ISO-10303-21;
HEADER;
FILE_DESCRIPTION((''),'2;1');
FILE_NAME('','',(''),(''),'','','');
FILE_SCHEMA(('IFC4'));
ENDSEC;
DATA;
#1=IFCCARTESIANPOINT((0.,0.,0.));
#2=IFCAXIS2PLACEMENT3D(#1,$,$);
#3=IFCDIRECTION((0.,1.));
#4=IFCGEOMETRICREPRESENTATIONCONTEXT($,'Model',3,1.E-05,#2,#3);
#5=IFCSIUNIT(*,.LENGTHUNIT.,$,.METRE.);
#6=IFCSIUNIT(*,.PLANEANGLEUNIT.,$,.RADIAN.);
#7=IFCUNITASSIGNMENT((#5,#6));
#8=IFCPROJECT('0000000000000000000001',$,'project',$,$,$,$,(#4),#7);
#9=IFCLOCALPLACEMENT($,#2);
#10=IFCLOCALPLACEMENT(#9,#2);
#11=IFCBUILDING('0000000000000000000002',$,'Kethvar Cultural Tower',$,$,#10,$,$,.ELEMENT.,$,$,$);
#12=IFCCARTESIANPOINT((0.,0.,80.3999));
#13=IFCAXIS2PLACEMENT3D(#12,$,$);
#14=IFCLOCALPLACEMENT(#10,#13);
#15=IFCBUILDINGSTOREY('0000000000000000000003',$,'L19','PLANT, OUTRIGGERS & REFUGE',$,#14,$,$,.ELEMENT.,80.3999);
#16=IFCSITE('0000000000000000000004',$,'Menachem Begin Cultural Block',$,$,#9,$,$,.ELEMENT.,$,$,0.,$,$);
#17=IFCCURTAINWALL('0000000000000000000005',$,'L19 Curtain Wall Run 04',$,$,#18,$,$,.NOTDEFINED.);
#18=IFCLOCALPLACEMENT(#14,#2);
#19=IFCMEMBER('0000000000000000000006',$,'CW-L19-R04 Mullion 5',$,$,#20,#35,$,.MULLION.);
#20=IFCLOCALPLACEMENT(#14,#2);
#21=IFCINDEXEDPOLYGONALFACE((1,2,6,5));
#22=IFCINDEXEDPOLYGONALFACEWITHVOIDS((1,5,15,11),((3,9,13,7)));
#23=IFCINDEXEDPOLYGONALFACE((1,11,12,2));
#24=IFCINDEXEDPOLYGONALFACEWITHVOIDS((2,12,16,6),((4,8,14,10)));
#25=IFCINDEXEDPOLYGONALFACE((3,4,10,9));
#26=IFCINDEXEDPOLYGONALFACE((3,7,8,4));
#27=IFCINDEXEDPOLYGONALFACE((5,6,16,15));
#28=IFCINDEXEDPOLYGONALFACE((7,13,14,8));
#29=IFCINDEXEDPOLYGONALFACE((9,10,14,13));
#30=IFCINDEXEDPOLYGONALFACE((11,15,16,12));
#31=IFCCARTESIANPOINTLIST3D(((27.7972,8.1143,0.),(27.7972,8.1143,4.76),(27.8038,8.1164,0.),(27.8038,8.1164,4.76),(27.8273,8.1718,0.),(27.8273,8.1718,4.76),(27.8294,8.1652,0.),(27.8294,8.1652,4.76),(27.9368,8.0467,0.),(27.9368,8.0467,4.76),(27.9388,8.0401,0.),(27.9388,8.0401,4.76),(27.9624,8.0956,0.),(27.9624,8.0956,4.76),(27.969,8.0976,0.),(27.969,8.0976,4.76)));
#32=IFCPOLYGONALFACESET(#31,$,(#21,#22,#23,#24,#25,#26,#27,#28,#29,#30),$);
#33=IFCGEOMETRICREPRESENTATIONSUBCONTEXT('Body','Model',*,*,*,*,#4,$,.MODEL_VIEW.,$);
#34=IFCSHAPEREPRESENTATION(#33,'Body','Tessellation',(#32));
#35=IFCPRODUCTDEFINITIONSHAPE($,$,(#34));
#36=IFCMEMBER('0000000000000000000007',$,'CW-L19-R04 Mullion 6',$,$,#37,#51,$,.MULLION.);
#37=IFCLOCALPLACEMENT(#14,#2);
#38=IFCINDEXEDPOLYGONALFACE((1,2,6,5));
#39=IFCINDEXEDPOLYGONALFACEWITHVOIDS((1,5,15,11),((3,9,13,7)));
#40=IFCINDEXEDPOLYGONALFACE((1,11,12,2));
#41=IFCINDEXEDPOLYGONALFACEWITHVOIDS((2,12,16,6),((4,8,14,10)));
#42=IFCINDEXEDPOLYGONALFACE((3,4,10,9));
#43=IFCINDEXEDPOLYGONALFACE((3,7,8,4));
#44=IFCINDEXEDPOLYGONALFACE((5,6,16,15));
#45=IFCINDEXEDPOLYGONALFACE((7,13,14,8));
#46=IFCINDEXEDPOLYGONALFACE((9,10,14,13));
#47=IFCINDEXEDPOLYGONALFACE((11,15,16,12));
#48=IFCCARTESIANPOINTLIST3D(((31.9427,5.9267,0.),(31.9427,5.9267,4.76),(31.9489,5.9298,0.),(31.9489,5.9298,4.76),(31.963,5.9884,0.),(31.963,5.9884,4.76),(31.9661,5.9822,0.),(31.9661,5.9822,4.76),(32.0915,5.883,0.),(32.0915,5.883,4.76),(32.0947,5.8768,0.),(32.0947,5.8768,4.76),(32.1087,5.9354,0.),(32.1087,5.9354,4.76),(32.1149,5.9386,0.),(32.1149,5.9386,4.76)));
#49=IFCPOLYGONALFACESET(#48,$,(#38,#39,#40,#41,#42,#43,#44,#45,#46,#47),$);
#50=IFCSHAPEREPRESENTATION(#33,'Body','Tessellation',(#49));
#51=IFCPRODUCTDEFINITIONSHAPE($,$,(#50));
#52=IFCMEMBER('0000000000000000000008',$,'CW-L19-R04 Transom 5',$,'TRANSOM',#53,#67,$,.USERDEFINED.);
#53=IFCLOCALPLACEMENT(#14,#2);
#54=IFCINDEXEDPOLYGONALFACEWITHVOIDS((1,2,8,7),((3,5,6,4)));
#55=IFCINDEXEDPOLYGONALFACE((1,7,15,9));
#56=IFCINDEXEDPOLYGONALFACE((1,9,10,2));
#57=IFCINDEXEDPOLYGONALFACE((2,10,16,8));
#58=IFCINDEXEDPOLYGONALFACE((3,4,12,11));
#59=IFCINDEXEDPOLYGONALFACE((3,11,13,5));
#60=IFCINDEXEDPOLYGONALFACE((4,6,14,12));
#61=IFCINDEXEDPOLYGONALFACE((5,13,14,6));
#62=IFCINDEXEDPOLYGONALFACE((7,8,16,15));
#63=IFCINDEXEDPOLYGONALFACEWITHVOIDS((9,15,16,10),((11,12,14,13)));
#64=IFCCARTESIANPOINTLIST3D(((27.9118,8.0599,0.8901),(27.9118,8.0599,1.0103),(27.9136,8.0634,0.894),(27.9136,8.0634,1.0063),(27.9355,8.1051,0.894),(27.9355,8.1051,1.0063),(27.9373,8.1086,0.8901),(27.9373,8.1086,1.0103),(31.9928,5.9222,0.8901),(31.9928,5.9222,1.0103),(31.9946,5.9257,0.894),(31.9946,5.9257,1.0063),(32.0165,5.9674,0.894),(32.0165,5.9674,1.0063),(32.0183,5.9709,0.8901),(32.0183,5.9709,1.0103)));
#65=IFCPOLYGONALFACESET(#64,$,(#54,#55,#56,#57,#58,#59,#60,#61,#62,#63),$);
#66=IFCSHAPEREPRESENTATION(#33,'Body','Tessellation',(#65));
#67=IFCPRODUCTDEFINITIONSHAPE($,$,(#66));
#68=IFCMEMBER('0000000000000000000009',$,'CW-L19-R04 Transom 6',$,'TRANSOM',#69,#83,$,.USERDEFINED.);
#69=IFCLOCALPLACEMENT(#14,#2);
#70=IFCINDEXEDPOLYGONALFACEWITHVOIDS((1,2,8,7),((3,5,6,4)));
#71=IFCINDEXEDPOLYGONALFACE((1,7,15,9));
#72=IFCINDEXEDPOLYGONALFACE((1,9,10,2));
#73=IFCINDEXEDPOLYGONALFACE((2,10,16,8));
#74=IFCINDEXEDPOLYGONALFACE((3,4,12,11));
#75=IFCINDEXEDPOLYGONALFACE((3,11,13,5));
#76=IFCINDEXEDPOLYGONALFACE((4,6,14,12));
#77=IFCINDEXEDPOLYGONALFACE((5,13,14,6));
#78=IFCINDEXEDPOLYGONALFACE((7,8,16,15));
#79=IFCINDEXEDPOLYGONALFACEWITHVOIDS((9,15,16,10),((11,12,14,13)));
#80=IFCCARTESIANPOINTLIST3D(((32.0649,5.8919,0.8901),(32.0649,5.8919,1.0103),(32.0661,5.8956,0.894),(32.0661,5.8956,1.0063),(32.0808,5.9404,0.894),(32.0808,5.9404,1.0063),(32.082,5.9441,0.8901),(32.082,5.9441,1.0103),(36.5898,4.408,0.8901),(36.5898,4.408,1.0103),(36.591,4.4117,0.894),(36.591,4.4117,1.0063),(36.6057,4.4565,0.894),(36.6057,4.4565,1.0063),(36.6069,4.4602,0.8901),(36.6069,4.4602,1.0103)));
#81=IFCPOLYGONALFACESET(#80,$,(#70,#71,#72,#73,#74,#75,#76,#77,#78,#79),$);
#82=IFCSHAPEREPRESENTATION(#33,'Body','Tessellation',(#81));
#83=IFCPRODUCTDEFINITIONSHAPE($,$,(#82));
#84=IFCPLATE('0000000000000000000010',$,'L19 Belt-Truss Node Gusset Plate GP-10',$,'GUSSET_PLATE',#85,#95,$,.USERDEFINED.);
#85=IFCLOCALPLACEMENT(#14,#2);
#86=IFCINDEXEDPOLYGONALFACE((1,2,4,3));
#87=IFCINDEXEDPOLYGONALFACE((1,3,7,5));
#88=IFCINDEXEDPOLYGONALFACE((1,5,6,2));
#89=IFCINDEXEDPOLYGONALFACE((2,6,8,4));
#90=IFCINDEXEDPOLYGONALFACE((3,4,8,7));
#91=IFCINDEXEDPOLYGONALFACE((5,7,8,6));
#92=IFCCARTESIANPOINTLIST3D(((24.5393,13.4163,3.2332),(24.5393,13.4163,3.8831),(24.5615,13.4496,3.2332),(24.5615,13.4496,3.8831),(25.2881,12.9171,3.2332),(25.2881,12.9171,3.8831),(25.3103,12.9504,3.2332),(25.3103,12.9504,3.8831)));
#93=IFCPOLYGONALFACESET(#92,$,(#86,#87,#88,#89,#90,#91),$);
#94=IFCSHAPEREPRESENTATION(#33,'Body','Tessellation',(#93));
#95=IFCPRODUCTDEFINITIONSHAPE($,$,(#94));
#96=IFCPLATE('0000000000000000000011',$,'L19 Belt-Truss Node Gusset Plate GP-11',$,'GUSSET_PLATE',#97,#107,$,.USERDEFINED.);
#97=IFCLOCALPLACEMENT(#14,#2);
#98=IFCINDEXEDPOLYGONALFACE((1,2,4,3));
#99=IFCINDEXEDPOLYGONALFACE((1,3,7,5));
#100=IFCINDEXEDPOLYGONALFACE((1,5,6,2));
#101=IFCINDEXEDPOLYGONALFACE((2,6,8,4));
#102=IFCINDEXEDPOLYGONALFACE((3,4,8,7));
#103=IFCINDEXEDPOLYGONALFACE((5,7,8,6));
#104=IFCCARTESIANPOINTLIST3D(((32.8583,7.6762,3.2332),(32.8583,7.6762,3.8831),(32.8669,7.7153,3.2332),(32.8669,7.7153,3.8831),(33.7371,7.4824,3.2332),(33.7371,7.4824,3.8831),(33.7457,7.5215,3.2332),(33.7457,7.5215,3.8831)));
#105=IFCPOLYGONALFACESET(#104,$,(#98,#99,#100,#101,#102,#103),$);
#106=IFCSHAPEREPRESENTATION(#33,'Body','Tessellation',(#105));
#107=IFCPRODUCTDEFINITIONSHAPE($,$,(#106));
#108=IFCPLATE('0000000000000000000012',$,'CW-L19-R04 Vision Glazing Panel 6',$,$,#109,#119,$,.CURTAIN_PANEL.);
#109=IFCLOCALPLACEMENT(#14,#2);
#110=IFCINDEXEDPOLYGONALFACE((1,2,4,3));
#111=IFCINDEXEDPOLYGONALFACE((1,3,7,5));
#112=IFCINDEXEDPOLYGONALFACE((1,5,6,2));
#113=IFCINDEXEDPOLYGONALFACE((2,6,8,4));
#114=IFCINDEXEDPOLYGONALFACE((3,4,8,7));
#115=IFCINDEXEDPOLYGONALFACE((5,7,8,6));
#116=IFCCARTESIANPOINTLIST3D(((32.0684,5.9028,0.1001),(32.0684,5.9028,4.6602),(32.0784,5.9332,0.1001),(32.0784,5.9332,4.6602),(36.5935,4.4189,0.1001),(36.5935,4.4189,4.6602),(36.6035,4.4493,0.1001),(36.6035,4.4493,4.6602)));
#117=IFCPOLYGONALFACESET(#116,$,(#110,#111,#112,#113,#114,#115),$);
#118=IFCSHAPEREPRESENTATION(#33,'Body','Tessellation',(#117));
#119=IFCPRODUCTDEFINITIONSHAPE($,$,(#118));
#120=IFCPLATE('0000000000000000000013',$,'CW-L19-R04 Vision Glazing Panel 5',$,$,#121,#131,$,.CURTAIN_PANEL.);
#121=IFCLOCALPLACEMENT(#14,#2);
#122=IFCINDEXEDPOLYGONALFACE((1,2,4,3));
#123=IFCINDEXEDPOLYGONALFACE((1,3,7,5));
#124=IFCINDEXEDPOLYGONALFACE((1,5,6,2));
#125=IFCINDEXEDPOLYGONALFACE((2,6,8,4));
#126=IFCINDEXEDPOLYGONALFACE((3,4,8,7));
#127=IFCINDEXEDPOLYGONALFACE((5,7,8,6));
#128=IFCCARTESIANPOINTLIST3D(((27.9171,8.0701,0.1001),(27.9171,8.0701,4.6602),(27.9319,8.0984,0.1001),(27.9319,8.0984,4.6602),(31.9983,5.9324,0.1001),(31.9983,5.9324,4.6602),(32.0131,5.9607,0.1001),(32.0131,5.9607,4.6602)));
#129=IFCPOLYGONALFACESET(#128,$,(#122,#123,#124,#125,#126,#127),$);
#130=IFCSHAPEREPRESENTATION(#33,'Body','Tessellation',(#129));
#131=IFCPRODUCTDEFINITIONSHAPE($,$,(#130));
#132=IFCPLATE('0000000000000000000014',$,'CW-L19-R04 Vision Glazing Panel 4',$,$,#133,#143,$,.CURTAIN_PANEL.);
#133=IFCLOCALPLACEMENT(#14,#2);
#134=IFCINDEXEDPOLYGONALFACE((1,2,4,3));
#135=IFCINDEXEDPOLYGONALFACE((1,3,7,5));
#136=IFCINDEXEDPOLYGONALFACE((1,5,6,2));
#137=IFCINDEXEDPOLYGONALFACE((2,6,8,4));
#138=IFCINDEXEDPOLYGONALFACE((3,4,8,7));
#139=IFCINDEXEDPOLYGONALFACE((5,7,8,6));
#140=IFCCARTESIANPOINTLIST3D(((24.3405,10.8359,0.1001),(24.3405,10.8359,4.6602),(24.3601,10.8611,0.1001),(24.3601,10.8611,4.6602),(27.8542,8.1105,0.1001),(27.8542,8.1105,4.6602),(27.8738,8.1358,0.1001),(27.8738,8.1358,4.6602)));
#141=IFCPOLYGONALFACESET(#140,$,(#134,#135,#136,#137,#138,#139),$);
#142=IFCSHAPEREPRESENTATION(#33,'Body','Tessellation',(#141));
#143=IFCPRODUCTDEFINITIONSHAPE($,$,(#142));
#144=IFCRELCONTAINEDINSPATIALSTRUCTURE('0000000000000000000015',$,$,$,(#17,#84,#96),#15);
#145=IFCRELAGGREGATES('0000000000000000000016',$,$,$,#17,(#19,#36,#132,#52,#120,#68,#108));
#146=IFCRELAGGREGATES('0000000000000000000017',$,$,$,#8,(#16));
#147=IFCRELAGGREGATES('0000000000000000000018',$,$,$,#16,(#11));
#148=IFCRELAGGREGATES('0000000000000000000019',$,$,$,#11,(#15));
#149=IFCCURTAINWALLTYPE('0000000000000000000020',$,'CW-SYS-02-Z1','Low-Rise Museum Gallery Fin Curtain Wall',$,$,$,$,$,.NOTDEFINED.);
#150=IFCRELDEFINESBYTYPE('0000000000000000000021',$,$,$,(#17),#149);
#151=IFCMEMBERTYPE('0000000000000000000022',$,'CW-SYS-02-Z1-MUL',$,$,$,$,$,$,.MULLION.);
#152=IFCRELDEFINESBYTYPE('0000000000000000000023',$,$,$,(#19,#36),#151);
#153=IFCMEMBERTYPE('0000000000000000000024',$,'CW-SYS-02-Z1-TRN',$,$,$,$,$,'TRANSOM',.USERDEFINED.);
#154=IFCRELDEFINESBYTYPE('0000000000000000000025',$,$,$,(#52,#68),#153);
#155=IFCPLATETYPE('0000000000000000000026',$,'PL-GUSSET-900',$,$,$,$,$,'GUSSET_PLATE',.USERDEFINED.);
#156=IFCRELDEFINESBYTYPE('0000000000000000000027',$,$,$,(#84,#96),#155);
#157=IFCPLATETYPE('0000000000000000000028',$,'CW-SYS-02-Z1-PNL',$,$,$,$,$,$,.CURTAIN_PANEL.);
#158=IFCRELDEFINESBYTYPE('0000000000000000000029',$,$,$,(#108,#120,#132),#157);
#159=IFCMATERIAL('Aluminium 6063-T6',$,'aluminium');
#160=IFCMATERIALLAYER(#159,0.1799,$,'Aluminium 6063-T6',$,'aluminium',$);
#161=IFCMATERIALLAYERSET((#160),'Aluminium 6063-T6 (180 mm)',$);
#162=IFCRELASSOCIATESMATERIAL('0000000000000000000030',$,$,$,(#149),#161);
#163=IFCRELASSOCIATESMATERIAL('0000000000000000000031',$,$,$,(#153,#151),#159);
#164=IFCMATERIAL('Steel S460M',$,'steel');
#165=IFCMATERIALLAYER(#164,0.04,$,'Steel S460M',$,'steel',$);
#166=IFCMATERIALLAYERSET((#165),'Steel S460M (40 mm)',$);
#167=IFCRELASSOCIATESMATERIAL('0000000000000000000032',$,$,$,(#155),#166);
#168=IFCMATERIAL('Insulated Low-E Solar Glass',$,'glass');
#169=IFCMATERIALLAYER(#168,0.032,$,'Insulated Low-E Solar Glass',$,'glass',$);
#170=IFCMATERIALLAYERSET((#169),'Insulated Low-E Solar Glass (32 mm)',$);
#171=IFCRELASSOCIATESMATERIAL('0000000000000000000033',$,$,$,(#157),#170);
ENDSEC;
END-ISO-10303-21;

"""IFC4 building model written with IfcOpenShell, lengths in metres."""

from ifc_helpers import new_model, si_unit, direction, frame, origin, origin_2d, place, context, subcontext, project, spatial, rectangle, hollow_rectangle, extrude, source, transform, mapped, material, layer, layer_set, material_profile, profile_set, type_object, element, aggregate, save


model = new_model("IFC4")

# Units and contexts
model_context = context("Model", 3, precision=1e-05, world=origin(), true_north=direction((0.0, 1.0)))
body_context = subcontext(model_context, "Body", "Model", "MODEL_VIEW")
ifc_project = project(units=[si_unit("LENGTHUNIT", "METRE"), si_unit("PLANEANGLEUNIT", "RADIAN")], contexts=[model_context])

# Site, building, storey
site_placement = place(None, origin())
site = spatial("IfcSite", under=ifc_project, at=site_placement, Name="Menachem Begin Cultural Block", CompositionType="ELEMENT", RefElevation=0.0)
building_placement = place(site_placement, origin())
building = spatial("IfcBuilding", under=site, at=building_placement, Name="Kethvar Cultural Tower", CompositionType="ELEMENT")
storey_placement = place(building_placement, frame((0.0, 0.0, 80.3999)))
storey = spatial("IfcBuildingStorey", under=building, at=storey_placement, Name="L19", Description="PLANT, OUTRIGGERS & REFUGE", CompositionType="ELEMENT", Elevation=80.3999)

# Shared definitions
ifc_material_1 = material(Name="Steel S460M", Category="steel")

# Curtain wall, members
ifc_material_2 = material(Name="Aluminium 6063-T6", Category="aluminium")
ifc_layer_1 = layer(ifc_material_2, 0.1799, Name="Aluminium 6063-T6", Category="aluminium")
ifc_layer_set_1 = layer_set([ifc_layer_1], Name="Aluminium 6063-T6 (180 mm)")
curtain_wall_type = type_object("IfcCurtainWallType", Name="CW-SYS-02-Z1", Description="Low-Rise Museum Gallery Fin Curtain Wall", PredefinedType="NOTDEFINED", material=ifc_layer_set_1)
curtain_wall_placement = place(storey_placement, origin())
curtain_wall = element("IfcCurtainWall", 1, at=curtain_wall_placement, inside=storey, type_object=curtain_wall_type, Name="L19 Curtain Wall Run 04", PredefinedType="NOTDEFINED")
ifc_material_profile_1 = material_profile(ifc_material_2, hollow_rectangle(XDim=0.0549, YDim=0.1201, WallThickness=0.0039, at=origin_2d()), Name="Aluminium 6063-T6 — RHS120x55x4")
ifc_profile_set_1 = profile_set([ifc_material_profile_1], Name="Aluminium 6063-T6 — RHS120x55x4")
member_type_1 = type_object("IfcMemberType", Name="CW-SYS-02-Z1-TRN", ElementType="TRANSOM", PredefinedType="USERDEFINED", material=ifc_profile_set_1)
ifc_material_profile_2 = material_profile(ifc_material_2, hollow_rectangle(XDim=0.0649, YDim=0.1599, WallThickness=0.0049, at=origin_2d()), Name="Aluminium 6063-T6 — RHS160x65x5")
ifc_profile_set_2 = profile_set([ifc_material_profile_2], Name="Aluminium 6063-T6 — RHS160x65x5")
member_type_2 = type_object("IfcMemberType", Name="CW-SYS-02-Z1-MUL", PredefinedType="MULLION", material=ifc_profile_set_2)
shared_shape_1 = source(origin(), body_context, "Body", "SweptSolid", [
    extrude(hollow_rectangle(XDim=0.0649, YDim=0.1599, WallThickness=0.0049, at=origin_2d()), origin(), (0.0, 0.0, 1.0), 4.76),
])
member_1_placement = place(storey_placement, frame((27.8831, 8.106, 0.0), z_axis=(0.0, 0.0, 1.0), x_axis=(0.463992, 0.885839, 0.0)))
member_1 = element("IfcMember", 2, at=member_1_placement, type_object=member_type_2, Name="CW-L19-R04 Mullion 5", PredefinedType="MULLION", context=body_context, shape_type="MappedRepresentation", body=[
    mapped(shared_shape_1, transform((0.0, 0.0, 0.0), scale=1.0)),
])
member_2_placement = place(storey_placement, frame((32.0288, 5.9326, 0.0), z_axis=(0.0, 0.0, 1.0), x_axis=(0.311605, 0.950212, 0.0)))
member_2 = element("IfcMember", 3, at=member_2_placement, type_object=member_type_2, Name="CW-L19-R04 Mullion 6", PredefinedType="MULLION", context=body_context, shape_type="MappedRepresentation", body=[
    mapped(shared_shape_1, transform((0.0, 0.0, 0.0), scale=1.0)),
])
shared_shape_2 = source(origin(), body_context, "Body", "SweptSolid", [
    extrude(hollow_rectangle(XDim=0.0549, YDim=0.1201, WallThickness=0.0039, at=origin_2d()), origin(), (0.0, 0.0, 1.0), 4.6069),
])
member_3_placement = place(storey_placement, frame((27.9246, 8.0842, 0.9502), z_axis=(0.885832, -0.464007, 0.0), x_axis=(0.464007, 0.885832, 0.0)))
member_3 = element("IfcMember", 4, at=member_3_placement, type_object=member_type_1, Name="CW-L19-R04 Transom 5", ObjectType="TRANSOM", PredefinedType="USERDEFINED", context=body_context, shape_type="MappedRepresentation", body=[
    mapped(shared_shape_2, transform((0.0, 0.0, 0.0), scale=1.0)),
])
shared_shape_3 = source(origin(), body_context, "Body", "SweptSolid", [
    extrude(hollow_rectangle(XDim=0.0549, YDim=0.1201, WallThickness=0.0039, at=origin_2d()), origin(), (0.0, 0.0, 1.0), 4.762),
])
member_4_placement = place(storey_placement, frame((32.0735, 5.918, 0.9502), z_axis=(0.95021, -0.31161, 0.0), x_axis=(0.31161, 0.95021, 0.0)))
member_4 = element("IfcMember", 5, at=member_4_placement, type_object=member_type_1, Name="CW-L19-R04 Transom 6", ObjectType="TRANSOM", PredefinedType="USERDEFINED", context=body_context, shape_type="MappedRepresentation", body=[
    mapped(shared_shape_3, transform((0.0, 0.0, 0.0), scale=1.0)),
])

# Plates
ifc_layer_2 = layer(ifc_material_1, 0.04, Name="Steel S460M", Category="steel")
ifc_layer_set_2 = layer_set([ifc_layer_2], Name="Steel S460M (40 mm)")
plate_type_1 = type_object("IfcPlateType", Name="PL-GUSSET-900", ElementType="GUSSET_PLATE", PredefinedType="USERDEFINED", material=ifc_layer_set_2)
shared_shape_4 = source(origin(), body_context, "Body", "SweptSolid", [
    extrude(rectangle(XDim=0.8999, YDim=0.04, at=origin_2d()), origin(), (0.0, 0.0, 1.0), 0.6499),
])
for number, where, z_axis, x_axis, name in (
    (6, (24.9248, 13.1833, 3.2332), (0.0, 0.0, 1.0), (0.832067, -0.554675, 0.0), "L19 Belt-Truss Node Gusset Plate GP-10"),
    (7, (33.302, 7.5989, 3.2332), (0.0, 0.0, 1.0), (0.976534, -0.215364, 0.0), "L19 Belt-Truss Node Gusset Plate GP-11"),
):
    element("IfcPlate", number, at=place(storey_placement, frame(where, z_axis=z_axis, x_axis=x_axis)), inside=storey, type_object=plate_type_1, Name=name, ObjectType="GUSSET_PLATE", PredefinedType="USERDEFINED", context=body_context, shape_type="MappedRepresentation", body=[
        mapped(shared_shape_4, transform((0.0, 0.0, 0.0), scale=1.0)),
    ])

# Plates
ifc_material_3 = material(Name="Insulated Low-E Solar Glass", Category="glass")
ifc_layer_3 = layer(ifc_material_3, 0.032, Name="Insulated Low-E Solar Glass", Category="glass")
ifc_layer_set_3 = layer_set([ifc_layer_3], Name="Insulated Low-E Solar Glass (32 mm)")
plate_type_2 = type_object("IfcPlateType", Name="CW-SYS-02-Z1-PNL", PredefinedType="CURTAIN_PANEL", material=ifc_layer_set_3)
shared_shape_5 = source(origin(), body_context, "Body", "SweptSolid", [
    extrude(rectangle(XDim=4.7622, YDim=0.032, at=origin_2d()), origin(), (0.0, 0.0, 1.0), 4.5601),
])
plate_1_placement = place(storey_placement, frame((34.3359, 5.176, 0.1001), z_axis=(0.0, 0.0, 1.0), x_axis=(0.950212, -0.311605, 0.0)))
plate_1 = element("IfcPlate", 8, at=plate_1_placement, type_object=plate_type_2, Name="CW-L19-R04 Vision Glazing Panel 6", PredefinedType="CURTAIN_PANEL", context=body_context, shape_type="MappedRepresentation", body=[
    mapped(shared_shape_5, transform((0.0, 0.0, 0.0), scale=1.0)),
])
shared_shape_6 = source(origin(), body_context, "Body", "SweptSolid", [
    extrude(rectangle(XDim=4.6072, YDim=0.032, at=origin_2d()), origin(), (0.0, 0.0, 1.0), 4.5601),
])
plate_2_placement = place(storey_placement, frame((29.9651, 7.0154, 0.1001), z_axis=(0.0, 0.0, 1.0), x_axis=(0.885839, -0.463992, 0.0)))
plate_2 = element("IfcPlate", 9, at=plate_2_placement, type_object=plate_type_2, Name="CW-L19-R04 Vision Glazing Panel 5", PredefinedType="CURTAIN_PANEL", context=body_context, shape_type="MappedRepresentation", body=[
    mapped(shared_shape_6, transform((0.0, 0.0, 0.0), scale=1.0)),
])
shared_shape_7 = source(origin(), body_context, "Body", "SweptSolid", [
    extrude(rectangle(XDim=4.4468, YDim=0.032, at=origin_2d()), origin(), (0.0, 0.0, 1.0), 4.5601),
])
plate_3_placement = place(storey_placement, frame((26.1072, 9.4858, 0.1001), z_axis=(0.0, 0.0, 1.0), x_axis=(0.790176, -0.612879, 0.0)))
plate_3 = element("IfcPlate", 10, at=plate_3_placement, type_object=plate_type_2, Name="CW-L19-R04 Vision Glazing Panel 4", PredefinedType="CURTAIN_PANEL", context=body_context, shape_type="MappedRepresentation", body=[
    mapped(shared_shape_7, transform((0.0, 0.0, 0.0), scale=1.0)),
])
aggregate(curtain_wall, [member_1, member_2, plate_3, member_3, plate_2, member_4, plate_1])

save(model, "model.ifc")
